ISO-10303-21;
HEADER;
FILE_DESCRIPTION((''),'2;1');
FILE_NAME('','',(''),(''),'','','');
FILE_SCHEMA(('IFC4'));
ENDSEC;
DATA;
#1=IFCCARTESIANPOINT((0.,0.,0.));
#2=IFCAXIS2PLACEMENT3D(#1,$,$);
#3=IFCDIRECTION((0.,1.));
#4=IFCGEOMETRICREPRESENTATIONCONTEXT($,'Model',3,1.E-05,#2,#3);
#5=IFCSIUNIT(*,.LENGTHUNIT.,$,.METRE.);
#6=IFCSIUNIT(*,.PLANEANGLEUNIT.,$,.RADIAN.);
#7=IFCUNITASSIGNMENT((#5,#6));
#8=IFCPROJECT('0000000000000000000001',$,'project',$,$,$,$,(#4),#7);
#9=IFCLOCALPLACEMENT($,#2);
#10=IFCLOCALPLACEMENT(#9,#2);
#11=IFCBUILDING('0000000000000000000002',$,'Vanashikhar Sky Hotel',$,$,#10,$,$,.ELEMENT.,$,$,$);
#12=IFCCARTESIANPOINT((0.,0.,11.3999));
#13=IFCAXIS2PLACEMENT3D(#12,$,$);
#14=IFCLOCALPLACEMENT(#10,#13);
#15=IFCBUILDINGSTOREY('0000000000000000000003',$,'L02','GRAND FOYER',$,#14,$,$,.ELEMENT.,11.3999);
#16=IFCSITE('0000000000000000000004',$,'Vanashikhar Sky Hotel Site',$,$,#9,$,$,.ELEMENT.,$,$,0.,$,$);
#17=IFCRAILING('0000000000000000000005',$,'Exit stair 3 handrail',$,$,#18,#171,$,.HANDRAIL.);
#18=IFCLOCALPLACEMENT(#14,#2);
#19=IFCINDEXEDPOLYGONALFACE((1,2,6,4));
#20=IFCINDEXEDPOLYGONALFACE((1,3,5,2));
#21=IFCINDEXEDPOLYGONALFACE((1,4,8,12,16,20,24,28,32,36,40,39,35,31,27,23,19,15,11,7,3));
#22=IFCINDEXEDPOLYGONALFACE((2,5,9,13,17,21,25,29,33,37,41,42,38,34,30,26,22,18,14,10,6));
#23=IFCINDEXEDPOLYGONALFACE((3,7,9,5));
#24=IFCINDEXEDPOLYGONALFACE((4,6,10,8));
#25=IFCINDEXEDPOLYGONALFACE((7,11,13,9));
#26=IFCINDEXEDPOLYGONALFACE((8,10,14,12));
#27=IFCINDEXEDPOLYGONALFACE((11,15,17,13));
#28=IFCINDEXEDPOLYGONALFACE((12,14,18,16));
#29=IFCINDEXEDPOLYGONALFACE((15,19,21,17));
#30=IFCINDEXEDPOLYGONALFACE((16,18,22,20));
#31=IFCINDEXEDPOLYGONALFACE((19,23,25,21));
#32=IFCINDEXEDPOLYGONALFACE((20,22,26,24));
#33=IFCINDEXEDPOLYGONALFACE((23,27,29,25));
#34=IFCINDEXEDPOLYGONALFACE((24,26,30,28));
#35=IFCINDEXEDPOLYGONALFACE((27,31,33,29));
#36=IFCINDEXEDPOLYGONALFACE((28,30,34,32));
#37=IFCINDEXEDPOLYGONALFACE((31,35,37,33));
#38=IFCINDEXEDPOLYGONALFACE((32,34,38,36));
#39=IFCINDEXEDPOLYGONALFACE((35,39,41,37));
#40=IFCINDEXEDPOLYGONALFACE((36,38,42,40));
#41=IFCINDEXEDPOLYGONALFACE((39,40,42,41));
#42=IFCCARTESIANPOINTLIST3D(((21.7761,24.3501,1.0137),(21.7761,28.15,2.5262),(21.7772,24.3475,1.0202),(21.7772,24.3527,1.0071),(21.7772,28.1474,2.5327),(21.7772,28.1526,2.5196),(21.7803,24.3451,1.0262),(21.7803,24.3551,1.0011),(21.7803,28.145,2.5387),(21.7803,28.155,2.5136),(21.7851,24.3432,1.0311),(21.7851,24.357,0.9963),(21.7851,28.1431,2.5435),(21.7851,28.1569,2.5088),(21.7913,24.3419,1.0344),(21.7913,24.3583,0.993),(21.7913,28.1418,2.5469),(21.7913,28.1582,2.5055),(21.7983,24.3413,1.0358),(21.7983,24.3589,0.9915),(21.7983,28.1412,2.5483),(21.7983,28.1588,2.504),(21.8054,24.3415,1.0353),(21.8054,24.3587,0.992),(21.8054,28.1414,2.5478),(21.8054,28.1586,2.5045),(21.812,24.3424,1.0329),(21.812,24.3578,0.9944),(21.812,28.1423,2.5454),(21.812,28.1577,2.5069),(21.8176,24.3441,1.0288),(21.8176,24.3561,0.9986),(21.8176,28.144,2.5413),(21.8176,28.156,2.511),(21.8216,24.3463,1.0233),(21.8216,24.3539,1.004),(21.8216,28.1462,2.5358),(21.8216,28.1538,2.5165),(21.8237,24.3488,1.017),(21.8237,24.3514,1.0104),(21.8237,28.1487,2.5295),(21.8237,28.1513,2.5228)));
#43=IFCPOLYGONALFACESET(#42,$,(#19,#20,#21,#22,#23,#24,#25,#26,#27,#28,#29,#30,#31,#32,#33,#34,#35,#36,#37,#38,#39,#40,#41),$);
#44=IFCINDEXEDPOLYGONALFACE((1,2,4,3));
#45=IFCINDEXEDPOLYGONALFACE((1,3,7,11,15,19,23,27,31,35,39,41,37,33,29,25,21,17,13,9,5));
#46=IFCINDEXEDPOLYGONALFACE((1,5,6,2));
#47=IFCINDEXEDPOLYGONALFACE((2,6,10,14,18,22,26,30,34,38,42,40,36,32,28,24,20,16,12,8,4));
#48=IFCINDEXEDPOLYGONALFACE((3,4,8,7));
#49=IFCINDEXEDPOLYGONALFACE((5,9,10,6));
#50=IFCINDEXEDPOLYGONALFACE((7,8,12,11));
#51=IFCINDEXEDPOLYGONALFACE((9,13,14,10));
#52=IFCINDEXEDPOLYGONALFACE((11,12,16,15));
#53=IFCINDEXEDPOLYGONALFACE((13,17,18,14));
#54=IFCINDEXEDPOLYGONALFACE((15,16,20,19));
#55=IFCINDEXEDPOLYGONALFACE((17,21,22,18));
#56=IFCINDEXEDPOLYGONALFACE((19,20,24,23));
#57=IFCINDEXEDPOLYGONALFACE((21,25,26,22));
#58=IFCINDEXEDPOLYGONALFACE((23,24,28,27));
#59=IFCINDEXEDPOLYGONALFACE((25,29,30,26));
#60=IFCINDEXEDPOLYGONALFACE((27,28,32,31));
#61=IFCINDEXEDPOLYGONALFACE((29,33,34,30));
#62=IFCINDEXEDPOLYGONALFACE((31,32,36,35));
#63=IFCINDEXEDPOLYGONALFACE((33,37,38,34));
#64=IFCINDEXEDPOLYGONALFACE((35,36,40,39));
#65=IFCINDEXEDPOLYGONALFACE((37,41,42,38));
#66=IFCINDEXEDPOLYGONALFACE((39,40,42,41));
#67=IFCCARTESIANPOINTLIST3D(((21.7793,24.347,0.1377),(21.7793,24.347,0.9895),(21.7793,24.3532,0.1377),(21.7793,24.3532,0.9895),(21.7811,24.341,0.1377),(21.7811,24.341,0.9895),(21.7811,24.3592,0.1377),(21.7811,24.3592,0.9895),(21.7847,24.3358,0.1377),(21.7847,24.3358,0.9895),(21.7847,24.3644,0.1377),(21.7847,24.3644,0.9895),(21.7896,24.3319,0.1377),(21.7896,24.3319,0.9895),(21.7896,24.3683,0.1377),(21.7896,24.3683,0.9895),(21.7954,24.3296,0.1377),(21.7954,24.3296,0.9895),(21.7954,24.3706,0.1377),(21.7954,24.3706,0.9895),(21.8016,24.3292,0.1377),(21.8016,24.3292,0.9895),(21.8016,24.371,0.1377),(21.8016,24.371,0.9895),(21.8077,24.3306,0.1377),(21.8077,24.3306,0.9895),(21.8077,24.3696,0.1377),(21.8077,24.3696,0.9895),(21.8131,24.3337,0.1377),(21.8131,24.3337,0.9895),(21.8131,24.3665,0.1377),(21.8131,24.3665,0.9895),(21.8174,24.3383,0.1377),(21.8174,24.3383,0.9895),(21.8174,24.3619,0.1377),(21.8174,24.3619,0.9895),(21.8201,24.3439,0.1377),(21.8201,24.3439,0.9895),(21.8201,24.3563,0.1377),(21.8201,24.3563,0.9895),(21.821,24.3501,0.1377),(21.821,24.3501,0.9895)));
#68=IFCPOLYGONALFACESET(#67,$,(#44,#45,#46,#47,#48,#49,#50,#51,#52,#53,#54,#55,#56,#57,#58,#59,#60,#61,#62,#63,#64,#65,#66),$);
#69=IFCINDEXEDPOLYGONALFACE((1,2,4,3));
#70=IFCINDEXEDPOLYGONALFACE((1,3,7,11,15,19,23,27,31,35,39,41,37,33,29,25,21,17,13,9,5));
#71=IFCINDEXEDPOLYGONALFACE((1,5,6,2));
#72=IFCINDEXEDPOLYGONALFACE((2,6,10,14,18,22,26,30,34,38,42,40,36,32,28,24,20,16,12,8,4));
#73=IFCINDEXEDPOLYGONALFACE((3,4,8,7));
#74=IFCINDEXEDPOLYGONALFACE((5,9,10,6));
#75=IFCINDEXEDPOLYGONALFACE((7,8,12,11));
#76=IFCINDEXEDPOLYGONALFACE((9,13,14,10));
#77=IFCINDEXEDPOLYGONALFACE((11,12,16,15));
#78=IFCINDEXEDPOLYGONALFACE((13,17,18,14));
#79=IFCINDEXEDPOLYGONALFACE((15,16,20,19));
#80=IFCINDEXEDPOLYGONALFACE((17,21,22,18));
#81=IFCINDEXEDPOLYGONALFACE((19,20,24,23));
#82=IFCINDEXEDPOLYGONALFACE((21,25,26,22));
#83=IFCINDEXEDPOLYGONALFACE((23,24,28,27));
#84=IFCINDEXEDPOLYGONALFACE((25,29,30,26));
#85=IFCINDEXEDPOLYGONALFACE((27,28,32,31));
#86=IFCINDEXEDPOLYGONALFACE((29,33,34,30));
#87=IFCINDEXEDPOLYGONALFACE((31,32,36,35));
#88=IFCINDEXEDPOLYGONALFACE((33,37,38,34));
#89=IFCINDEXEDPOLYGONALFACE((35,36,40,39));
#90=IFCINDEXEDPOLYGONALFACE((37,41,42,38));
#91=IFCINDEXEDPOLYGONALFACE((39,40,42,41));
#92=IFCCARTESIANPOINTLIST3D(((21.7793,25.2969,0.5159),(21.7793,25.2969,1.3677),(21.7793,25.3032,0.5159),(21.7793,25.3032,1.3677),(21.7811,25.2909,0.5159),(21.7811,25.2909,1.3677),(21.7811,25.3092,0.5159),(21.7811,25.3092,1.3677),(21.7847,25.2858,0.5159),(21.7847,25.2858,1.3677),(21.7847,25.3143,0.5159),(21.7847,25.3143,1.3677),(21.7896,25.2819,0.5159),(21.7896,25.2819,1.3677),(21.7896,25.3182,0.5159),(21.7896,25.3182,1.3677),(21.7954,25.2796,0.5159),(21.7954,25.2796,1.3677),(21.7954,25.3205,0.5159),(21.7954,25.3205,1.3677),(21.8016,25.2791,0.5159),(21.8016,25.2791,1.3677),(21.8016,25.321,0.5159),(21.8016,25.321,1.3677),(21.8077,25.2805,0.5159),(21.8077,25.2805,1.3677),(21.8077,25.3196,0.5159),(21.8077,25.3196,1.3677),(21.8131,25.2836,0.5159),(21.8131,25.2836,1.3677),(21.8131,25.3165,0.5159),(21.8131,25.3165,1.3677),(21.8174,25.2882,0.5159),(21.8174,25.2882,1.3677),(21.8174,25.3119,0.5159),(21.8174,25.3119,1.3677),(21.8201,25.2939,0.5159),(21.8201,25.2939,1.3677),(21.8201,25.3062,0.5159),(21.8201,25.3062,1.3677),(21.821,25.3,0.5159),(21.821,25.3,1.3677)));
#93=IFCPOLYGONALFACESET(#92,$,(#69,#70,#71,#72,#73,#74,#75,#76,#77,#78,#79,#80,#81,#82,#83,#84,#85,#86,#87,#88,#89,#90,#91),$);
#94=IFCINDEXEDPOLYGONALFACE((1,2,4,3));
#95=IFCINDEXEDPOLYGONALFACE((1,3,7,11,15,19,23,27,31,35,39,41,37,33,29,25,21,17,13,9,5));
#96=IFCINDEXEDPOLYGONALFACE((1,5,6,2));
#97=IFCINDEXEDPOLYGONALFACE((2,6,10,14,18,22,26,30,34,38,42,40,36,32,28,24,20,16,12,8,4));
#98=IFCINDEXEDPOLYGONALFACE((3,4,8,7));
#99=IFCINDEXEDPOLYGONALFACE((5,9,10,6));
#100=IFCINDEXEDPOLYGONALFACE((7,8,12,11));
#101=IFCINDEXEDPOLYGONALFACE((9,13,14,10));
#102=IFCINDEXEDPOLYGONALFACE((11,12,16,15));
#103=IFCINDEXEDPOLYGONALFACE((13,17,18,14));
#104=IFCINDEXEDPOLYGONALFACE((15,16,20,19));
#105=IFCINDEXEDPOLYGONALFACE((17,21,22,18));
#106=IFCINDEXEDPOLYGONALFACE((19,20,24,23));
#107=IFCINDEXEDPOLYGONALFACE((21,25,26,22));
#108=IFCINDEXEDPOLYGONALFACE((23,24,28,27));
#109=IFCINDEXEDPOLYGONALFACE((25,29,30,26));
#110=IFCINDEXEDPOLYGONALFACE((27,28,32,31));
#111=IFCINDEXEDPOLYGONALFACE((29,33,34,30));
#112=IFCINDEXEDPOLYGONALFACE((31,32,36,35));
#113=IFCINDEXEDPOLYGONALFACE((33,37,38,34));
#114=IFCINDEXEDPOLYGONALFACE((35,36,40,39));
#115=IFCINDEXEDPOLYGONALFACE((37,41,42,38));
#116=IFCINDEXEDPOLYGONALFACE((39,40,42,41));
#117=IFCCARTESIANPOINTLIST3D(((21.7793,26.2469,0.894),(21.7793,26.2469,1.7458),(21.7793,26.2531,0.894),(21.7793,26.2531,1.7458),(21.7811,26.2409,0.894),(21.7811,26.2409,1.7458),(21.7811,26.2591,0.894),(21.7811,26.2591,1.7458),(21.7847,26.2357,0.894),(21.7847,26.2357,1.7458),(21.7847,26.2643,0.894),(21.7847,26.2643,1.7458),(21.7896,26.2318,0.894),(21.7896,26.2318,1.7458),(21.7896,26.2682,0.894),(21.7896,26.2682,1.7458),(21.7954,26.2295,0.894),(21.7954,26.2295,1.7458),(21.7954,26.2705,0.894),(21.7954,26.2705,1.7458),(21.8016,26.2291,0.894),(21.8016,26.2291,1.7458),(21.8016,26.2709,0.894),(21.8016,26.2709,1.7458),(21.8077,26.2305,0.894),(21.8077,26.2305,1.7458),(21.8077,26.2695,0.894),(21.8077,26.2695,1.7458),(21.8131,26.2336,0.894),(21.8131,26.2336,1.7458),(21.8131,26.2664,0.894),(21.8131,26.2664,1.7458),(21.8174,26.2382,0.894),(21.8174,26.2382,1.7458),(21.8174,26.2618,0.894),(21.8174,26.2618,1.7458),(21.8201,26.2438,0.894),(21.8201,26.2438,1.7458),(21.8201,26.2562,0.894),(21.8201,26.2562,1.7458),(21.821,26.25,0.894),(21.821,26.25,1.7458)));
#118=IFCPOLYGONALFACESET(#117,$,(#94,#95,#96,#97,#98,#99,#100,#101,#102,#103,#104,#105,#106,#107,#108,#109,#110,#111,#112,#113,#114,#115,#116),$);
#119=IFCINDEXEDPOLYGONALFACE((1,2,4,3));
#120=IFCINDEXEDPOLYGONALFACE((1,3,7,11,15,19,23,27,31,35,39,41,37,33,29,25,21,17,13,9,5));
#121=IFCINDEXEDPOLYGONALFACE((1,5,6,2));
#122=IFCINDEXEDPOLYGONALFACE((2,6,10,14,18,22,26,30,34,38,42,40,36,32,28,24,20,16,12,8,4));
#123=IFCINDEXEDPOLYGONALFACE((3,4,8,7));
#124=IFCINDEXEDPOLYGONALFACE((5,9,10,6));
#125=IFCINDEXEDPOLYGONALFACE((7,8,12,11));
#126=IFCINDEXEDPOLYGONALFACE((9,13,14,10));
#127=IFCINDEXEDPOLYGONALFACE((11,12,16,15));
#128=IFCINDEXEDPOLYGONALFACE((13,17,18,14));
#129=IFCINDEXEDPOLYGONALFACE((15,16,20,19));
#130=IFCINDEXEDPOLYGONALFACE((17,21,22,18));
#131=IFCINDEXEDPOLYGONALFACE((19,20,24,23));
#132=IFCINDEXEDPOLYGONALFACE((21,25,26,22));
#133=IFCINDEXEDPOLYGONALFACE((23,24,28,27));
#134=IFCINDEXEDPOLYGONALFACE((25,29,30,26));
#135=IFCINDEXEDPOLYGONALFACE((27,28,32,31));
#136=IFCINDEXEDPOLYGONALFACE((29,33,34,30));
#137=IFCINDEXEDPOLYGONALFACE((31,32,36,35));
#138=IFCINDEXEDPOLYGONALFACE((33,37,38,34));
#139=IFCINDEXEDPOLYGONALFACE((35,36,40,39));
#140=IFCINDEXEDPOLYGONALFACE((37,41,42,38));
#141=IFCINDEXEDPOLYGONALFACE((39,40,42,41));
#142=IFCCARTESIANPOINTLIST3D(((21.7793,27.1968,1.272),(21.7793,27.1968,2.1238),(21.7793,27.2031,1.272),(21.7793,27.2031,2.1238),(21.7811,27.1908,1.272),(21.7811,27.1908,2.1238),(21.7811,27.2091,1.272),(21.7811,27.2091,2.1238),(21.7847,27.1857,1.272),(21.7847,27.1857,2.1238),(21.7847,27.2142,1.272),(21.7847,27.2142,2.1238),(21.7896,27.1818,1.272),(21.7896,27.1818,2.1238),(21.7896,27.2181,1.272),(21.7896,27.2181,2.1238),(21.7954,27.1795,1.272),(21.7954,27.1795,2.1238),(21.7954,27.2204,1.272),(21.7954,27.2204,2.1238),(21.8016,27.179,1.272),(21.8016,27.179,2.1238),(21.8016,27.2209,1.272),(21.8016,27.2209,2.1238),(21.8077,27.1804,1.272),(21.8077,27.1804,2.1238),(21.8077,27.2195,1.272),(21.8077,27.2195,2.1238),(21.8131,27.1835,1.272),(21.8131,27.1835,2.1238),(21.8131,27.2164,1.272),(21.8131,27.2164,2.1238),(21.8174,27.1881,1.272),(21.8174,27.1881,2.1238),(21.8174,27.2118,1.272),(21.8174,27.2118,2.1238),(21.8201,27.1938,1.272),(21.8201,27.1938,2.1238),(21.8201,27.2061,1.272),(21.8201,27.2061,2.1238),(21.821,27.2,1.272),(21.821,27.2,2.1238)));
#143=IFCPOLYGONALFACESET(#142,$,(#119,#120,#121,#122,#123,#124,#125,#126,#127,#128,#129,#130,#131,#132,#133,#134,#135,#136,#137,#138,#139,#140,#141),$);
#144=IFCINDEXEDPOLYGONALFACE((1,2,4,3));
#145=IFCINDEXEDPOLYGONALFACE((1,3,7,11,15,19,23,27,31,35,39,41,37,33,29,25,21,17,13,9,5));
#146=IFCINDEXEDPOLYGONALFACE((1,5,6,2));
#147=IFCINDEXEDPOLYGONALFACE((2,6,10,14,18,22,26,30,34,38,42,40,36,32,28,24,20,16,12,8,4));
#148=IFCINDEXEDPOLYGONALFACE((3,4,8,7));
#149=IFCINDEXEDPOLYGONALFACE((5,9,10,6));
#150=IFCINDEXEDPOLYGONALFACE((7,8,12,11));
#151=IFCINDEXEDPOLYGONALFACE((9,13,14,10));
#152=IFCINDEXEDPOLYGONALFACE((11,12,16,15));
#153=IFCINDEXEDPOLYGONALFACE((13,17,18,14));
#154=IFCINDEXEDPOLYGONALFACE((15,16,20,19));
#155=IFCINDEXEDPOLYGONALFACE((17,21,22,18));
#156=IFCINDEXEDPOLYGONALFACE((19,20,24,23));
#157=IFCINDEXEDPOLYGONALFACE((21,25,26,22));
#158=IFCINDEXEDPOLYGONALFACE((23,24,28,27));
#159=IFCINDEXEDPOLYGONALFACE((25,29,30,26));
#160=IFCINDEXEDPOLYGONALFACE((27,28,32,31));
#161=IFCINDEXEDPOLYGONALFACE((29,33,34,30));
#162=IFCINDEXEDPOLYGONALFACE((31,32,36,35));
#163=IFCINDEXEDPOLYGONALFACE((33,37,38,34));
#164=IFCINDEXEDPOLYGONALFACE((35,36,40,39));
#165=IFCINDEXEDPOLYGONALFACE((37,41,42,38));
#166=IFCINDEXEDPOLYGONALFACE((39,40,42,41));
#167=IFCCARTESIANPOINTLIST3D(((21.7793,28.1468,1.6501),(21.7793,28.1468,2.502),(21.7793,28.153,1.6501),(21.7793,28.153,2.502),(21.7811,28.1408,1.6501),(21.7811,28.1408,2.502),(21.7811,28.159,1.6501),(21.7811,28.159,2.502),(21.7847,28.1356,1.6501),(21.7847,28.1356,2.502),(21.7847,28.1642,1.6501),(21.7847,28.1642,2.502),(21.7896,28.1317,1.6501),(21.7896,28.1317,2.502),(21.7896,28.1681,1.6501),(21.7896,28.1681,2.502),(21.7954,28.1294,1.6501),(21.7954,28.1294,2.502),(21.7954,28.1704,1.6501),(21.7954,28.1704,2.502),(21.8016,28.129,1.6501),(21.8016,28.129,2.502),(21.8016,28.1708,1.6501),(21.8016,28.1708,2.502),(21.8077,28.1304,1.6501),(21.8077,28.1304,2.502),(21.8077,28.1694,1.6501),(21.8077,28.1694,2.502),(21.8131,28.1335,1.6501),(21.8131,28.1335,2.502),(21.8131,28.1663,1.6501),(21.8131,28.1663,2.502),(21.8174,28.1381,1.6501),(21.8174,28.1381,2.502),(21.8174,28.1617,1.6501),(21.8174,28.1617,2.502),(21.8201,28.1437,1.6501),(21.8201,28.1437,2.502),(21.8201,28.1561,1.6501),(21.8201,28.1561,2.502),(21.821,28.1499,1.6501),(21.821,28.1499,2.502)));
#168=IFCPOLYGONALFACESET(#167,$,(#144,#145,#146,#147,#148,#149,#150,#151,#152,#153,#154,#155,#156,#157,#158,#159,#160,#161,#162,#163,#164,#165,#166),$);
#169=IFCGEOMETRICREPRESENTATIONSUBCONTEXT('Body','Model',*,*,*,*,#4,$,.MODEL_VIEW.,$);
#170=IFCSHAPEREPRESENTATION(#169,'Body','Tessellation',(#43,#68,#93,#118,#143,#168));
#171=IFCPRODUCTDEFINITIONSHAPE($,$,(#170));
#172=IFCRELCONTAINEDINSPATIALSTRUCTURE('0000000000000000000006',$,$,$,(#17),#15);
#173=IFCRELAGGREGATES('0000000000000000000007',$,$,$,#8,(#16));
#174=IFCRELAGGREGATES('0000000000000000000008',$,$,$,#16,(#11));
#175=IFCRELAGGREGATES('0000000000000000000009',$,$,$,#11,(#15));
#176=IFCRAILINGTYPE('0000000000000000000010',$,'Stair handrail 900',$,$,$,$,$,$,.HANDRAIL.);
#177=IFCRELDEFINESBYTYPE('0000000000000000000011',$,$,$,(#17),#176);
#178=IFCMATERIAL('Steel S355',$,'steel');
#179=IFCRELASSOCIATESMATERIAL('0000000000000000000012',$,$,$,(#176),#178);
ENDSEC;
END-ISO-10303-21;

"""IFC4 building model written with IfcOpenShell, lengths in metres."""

from ifc_helpers import new_model, si_unit, direction, frame, origin, origin_2d, place, context, subcontext, project, spatial, circle, extrude, source, transform, mapped, material, type_object, element, save


model = new_model("IFC4")

# Units and contexts
model_context = context("Model", 3, precision=1e-05, world=origin(), true_north=direction((0.0, 1.0)))
body_context = subcontext(model_context, "Body", "Model", "MODEL_VIEW")
ifc_project = project(units=[si_unit("LENGTHUNIT", "METRE"), si_unit("PLANEANGLEUNIT", "RADIAN")], contexts=[model_context])

# Site, building, storey
site_placement = place(None, origin())
site = spatial("IfcSite", under=ifc_project, at=site_placement, Name="Vanashikhar Sky Hotel Site", CompositionType="ELEMENT", RefElevation=0.0)
building_placement = place(site_placement, origin())
building = spatial("IfcBuilding", under=site, at=building_placement, Name="Vanashikhar Sky Hotel", CompositionType="ELEMENT")
storey_placement = place(building_placement, frame((0.0, 0.0, 11.3999)))
storey = spatial("IfcBuildingStorey", under=building, at=storey_placement, Name="L02", Description="GRAND FOYER", CompositionType="ELEMENT", Elevation=11.3999)

# Railing
ifc_material_1 = material(Name="Steel S355", Category="steel")
railing_type_1 = type_object("IfcRailingType", Name="Stair handrail 900", PredefinedType="HANDRAIL", material=ifc_material_1)
shared_shape_1 = source(origin(), body_context, "Body", "SweptSolid", [
    extrude(circle(Radius=0.0239, at=origin_2d()), frame((0.0, 0.0, 0.876), z_axis=(0.0, 0.929105, 0.369815), x_axis=(-1.0, 0.0, 0.0)), (0.0, 0.0, 1.0), 4.0898),
    extrude(circle(Radius=0.021, at=origin_2d()), origin(), (0.0, 0.0, 1.0), 0.8518),
    extrude(circle(Radius=0.021, at=origin_2d()), frame((0.0, 0.95, 0.3782)), (0.0, 0.0, 1.0), 0.8518),
    extrude(circle(Radius=0.021, at=origin_2d()), frame((0.0, 1.8999, 0.7563)), (0.0, 0.0, 1.0), 0.8518),
    extrude(circle(Radius=0.021, at=origin_2d()), frame((0.0, 2.8499, 1.1343)), (0.0, 0.0, 1.0), 0.8518),
    extrude(circle(Radius=0.021, at=origin_2d()), frame((0.0, 3.7998, 1.5125)), (0.0, 0.0, 1.0), 0.8518),
])
railing_1_placement = place(storey_placement, frame((21.8, 24.3501, 0.1377)))
element("IfcRailing", 1, at=railing_1_placement, inside=storey, type_object=railing_type_1, Name="Exit stair 3 handrail", PredefinedType="HANDRAIL", context=body_context, shape_type="MappedRepresentation", body=[
    mapped(shared_shape_1, transform((0.0, 0.0, 0.0), scale=1.0)),
])

save(model, "model.ifc")
